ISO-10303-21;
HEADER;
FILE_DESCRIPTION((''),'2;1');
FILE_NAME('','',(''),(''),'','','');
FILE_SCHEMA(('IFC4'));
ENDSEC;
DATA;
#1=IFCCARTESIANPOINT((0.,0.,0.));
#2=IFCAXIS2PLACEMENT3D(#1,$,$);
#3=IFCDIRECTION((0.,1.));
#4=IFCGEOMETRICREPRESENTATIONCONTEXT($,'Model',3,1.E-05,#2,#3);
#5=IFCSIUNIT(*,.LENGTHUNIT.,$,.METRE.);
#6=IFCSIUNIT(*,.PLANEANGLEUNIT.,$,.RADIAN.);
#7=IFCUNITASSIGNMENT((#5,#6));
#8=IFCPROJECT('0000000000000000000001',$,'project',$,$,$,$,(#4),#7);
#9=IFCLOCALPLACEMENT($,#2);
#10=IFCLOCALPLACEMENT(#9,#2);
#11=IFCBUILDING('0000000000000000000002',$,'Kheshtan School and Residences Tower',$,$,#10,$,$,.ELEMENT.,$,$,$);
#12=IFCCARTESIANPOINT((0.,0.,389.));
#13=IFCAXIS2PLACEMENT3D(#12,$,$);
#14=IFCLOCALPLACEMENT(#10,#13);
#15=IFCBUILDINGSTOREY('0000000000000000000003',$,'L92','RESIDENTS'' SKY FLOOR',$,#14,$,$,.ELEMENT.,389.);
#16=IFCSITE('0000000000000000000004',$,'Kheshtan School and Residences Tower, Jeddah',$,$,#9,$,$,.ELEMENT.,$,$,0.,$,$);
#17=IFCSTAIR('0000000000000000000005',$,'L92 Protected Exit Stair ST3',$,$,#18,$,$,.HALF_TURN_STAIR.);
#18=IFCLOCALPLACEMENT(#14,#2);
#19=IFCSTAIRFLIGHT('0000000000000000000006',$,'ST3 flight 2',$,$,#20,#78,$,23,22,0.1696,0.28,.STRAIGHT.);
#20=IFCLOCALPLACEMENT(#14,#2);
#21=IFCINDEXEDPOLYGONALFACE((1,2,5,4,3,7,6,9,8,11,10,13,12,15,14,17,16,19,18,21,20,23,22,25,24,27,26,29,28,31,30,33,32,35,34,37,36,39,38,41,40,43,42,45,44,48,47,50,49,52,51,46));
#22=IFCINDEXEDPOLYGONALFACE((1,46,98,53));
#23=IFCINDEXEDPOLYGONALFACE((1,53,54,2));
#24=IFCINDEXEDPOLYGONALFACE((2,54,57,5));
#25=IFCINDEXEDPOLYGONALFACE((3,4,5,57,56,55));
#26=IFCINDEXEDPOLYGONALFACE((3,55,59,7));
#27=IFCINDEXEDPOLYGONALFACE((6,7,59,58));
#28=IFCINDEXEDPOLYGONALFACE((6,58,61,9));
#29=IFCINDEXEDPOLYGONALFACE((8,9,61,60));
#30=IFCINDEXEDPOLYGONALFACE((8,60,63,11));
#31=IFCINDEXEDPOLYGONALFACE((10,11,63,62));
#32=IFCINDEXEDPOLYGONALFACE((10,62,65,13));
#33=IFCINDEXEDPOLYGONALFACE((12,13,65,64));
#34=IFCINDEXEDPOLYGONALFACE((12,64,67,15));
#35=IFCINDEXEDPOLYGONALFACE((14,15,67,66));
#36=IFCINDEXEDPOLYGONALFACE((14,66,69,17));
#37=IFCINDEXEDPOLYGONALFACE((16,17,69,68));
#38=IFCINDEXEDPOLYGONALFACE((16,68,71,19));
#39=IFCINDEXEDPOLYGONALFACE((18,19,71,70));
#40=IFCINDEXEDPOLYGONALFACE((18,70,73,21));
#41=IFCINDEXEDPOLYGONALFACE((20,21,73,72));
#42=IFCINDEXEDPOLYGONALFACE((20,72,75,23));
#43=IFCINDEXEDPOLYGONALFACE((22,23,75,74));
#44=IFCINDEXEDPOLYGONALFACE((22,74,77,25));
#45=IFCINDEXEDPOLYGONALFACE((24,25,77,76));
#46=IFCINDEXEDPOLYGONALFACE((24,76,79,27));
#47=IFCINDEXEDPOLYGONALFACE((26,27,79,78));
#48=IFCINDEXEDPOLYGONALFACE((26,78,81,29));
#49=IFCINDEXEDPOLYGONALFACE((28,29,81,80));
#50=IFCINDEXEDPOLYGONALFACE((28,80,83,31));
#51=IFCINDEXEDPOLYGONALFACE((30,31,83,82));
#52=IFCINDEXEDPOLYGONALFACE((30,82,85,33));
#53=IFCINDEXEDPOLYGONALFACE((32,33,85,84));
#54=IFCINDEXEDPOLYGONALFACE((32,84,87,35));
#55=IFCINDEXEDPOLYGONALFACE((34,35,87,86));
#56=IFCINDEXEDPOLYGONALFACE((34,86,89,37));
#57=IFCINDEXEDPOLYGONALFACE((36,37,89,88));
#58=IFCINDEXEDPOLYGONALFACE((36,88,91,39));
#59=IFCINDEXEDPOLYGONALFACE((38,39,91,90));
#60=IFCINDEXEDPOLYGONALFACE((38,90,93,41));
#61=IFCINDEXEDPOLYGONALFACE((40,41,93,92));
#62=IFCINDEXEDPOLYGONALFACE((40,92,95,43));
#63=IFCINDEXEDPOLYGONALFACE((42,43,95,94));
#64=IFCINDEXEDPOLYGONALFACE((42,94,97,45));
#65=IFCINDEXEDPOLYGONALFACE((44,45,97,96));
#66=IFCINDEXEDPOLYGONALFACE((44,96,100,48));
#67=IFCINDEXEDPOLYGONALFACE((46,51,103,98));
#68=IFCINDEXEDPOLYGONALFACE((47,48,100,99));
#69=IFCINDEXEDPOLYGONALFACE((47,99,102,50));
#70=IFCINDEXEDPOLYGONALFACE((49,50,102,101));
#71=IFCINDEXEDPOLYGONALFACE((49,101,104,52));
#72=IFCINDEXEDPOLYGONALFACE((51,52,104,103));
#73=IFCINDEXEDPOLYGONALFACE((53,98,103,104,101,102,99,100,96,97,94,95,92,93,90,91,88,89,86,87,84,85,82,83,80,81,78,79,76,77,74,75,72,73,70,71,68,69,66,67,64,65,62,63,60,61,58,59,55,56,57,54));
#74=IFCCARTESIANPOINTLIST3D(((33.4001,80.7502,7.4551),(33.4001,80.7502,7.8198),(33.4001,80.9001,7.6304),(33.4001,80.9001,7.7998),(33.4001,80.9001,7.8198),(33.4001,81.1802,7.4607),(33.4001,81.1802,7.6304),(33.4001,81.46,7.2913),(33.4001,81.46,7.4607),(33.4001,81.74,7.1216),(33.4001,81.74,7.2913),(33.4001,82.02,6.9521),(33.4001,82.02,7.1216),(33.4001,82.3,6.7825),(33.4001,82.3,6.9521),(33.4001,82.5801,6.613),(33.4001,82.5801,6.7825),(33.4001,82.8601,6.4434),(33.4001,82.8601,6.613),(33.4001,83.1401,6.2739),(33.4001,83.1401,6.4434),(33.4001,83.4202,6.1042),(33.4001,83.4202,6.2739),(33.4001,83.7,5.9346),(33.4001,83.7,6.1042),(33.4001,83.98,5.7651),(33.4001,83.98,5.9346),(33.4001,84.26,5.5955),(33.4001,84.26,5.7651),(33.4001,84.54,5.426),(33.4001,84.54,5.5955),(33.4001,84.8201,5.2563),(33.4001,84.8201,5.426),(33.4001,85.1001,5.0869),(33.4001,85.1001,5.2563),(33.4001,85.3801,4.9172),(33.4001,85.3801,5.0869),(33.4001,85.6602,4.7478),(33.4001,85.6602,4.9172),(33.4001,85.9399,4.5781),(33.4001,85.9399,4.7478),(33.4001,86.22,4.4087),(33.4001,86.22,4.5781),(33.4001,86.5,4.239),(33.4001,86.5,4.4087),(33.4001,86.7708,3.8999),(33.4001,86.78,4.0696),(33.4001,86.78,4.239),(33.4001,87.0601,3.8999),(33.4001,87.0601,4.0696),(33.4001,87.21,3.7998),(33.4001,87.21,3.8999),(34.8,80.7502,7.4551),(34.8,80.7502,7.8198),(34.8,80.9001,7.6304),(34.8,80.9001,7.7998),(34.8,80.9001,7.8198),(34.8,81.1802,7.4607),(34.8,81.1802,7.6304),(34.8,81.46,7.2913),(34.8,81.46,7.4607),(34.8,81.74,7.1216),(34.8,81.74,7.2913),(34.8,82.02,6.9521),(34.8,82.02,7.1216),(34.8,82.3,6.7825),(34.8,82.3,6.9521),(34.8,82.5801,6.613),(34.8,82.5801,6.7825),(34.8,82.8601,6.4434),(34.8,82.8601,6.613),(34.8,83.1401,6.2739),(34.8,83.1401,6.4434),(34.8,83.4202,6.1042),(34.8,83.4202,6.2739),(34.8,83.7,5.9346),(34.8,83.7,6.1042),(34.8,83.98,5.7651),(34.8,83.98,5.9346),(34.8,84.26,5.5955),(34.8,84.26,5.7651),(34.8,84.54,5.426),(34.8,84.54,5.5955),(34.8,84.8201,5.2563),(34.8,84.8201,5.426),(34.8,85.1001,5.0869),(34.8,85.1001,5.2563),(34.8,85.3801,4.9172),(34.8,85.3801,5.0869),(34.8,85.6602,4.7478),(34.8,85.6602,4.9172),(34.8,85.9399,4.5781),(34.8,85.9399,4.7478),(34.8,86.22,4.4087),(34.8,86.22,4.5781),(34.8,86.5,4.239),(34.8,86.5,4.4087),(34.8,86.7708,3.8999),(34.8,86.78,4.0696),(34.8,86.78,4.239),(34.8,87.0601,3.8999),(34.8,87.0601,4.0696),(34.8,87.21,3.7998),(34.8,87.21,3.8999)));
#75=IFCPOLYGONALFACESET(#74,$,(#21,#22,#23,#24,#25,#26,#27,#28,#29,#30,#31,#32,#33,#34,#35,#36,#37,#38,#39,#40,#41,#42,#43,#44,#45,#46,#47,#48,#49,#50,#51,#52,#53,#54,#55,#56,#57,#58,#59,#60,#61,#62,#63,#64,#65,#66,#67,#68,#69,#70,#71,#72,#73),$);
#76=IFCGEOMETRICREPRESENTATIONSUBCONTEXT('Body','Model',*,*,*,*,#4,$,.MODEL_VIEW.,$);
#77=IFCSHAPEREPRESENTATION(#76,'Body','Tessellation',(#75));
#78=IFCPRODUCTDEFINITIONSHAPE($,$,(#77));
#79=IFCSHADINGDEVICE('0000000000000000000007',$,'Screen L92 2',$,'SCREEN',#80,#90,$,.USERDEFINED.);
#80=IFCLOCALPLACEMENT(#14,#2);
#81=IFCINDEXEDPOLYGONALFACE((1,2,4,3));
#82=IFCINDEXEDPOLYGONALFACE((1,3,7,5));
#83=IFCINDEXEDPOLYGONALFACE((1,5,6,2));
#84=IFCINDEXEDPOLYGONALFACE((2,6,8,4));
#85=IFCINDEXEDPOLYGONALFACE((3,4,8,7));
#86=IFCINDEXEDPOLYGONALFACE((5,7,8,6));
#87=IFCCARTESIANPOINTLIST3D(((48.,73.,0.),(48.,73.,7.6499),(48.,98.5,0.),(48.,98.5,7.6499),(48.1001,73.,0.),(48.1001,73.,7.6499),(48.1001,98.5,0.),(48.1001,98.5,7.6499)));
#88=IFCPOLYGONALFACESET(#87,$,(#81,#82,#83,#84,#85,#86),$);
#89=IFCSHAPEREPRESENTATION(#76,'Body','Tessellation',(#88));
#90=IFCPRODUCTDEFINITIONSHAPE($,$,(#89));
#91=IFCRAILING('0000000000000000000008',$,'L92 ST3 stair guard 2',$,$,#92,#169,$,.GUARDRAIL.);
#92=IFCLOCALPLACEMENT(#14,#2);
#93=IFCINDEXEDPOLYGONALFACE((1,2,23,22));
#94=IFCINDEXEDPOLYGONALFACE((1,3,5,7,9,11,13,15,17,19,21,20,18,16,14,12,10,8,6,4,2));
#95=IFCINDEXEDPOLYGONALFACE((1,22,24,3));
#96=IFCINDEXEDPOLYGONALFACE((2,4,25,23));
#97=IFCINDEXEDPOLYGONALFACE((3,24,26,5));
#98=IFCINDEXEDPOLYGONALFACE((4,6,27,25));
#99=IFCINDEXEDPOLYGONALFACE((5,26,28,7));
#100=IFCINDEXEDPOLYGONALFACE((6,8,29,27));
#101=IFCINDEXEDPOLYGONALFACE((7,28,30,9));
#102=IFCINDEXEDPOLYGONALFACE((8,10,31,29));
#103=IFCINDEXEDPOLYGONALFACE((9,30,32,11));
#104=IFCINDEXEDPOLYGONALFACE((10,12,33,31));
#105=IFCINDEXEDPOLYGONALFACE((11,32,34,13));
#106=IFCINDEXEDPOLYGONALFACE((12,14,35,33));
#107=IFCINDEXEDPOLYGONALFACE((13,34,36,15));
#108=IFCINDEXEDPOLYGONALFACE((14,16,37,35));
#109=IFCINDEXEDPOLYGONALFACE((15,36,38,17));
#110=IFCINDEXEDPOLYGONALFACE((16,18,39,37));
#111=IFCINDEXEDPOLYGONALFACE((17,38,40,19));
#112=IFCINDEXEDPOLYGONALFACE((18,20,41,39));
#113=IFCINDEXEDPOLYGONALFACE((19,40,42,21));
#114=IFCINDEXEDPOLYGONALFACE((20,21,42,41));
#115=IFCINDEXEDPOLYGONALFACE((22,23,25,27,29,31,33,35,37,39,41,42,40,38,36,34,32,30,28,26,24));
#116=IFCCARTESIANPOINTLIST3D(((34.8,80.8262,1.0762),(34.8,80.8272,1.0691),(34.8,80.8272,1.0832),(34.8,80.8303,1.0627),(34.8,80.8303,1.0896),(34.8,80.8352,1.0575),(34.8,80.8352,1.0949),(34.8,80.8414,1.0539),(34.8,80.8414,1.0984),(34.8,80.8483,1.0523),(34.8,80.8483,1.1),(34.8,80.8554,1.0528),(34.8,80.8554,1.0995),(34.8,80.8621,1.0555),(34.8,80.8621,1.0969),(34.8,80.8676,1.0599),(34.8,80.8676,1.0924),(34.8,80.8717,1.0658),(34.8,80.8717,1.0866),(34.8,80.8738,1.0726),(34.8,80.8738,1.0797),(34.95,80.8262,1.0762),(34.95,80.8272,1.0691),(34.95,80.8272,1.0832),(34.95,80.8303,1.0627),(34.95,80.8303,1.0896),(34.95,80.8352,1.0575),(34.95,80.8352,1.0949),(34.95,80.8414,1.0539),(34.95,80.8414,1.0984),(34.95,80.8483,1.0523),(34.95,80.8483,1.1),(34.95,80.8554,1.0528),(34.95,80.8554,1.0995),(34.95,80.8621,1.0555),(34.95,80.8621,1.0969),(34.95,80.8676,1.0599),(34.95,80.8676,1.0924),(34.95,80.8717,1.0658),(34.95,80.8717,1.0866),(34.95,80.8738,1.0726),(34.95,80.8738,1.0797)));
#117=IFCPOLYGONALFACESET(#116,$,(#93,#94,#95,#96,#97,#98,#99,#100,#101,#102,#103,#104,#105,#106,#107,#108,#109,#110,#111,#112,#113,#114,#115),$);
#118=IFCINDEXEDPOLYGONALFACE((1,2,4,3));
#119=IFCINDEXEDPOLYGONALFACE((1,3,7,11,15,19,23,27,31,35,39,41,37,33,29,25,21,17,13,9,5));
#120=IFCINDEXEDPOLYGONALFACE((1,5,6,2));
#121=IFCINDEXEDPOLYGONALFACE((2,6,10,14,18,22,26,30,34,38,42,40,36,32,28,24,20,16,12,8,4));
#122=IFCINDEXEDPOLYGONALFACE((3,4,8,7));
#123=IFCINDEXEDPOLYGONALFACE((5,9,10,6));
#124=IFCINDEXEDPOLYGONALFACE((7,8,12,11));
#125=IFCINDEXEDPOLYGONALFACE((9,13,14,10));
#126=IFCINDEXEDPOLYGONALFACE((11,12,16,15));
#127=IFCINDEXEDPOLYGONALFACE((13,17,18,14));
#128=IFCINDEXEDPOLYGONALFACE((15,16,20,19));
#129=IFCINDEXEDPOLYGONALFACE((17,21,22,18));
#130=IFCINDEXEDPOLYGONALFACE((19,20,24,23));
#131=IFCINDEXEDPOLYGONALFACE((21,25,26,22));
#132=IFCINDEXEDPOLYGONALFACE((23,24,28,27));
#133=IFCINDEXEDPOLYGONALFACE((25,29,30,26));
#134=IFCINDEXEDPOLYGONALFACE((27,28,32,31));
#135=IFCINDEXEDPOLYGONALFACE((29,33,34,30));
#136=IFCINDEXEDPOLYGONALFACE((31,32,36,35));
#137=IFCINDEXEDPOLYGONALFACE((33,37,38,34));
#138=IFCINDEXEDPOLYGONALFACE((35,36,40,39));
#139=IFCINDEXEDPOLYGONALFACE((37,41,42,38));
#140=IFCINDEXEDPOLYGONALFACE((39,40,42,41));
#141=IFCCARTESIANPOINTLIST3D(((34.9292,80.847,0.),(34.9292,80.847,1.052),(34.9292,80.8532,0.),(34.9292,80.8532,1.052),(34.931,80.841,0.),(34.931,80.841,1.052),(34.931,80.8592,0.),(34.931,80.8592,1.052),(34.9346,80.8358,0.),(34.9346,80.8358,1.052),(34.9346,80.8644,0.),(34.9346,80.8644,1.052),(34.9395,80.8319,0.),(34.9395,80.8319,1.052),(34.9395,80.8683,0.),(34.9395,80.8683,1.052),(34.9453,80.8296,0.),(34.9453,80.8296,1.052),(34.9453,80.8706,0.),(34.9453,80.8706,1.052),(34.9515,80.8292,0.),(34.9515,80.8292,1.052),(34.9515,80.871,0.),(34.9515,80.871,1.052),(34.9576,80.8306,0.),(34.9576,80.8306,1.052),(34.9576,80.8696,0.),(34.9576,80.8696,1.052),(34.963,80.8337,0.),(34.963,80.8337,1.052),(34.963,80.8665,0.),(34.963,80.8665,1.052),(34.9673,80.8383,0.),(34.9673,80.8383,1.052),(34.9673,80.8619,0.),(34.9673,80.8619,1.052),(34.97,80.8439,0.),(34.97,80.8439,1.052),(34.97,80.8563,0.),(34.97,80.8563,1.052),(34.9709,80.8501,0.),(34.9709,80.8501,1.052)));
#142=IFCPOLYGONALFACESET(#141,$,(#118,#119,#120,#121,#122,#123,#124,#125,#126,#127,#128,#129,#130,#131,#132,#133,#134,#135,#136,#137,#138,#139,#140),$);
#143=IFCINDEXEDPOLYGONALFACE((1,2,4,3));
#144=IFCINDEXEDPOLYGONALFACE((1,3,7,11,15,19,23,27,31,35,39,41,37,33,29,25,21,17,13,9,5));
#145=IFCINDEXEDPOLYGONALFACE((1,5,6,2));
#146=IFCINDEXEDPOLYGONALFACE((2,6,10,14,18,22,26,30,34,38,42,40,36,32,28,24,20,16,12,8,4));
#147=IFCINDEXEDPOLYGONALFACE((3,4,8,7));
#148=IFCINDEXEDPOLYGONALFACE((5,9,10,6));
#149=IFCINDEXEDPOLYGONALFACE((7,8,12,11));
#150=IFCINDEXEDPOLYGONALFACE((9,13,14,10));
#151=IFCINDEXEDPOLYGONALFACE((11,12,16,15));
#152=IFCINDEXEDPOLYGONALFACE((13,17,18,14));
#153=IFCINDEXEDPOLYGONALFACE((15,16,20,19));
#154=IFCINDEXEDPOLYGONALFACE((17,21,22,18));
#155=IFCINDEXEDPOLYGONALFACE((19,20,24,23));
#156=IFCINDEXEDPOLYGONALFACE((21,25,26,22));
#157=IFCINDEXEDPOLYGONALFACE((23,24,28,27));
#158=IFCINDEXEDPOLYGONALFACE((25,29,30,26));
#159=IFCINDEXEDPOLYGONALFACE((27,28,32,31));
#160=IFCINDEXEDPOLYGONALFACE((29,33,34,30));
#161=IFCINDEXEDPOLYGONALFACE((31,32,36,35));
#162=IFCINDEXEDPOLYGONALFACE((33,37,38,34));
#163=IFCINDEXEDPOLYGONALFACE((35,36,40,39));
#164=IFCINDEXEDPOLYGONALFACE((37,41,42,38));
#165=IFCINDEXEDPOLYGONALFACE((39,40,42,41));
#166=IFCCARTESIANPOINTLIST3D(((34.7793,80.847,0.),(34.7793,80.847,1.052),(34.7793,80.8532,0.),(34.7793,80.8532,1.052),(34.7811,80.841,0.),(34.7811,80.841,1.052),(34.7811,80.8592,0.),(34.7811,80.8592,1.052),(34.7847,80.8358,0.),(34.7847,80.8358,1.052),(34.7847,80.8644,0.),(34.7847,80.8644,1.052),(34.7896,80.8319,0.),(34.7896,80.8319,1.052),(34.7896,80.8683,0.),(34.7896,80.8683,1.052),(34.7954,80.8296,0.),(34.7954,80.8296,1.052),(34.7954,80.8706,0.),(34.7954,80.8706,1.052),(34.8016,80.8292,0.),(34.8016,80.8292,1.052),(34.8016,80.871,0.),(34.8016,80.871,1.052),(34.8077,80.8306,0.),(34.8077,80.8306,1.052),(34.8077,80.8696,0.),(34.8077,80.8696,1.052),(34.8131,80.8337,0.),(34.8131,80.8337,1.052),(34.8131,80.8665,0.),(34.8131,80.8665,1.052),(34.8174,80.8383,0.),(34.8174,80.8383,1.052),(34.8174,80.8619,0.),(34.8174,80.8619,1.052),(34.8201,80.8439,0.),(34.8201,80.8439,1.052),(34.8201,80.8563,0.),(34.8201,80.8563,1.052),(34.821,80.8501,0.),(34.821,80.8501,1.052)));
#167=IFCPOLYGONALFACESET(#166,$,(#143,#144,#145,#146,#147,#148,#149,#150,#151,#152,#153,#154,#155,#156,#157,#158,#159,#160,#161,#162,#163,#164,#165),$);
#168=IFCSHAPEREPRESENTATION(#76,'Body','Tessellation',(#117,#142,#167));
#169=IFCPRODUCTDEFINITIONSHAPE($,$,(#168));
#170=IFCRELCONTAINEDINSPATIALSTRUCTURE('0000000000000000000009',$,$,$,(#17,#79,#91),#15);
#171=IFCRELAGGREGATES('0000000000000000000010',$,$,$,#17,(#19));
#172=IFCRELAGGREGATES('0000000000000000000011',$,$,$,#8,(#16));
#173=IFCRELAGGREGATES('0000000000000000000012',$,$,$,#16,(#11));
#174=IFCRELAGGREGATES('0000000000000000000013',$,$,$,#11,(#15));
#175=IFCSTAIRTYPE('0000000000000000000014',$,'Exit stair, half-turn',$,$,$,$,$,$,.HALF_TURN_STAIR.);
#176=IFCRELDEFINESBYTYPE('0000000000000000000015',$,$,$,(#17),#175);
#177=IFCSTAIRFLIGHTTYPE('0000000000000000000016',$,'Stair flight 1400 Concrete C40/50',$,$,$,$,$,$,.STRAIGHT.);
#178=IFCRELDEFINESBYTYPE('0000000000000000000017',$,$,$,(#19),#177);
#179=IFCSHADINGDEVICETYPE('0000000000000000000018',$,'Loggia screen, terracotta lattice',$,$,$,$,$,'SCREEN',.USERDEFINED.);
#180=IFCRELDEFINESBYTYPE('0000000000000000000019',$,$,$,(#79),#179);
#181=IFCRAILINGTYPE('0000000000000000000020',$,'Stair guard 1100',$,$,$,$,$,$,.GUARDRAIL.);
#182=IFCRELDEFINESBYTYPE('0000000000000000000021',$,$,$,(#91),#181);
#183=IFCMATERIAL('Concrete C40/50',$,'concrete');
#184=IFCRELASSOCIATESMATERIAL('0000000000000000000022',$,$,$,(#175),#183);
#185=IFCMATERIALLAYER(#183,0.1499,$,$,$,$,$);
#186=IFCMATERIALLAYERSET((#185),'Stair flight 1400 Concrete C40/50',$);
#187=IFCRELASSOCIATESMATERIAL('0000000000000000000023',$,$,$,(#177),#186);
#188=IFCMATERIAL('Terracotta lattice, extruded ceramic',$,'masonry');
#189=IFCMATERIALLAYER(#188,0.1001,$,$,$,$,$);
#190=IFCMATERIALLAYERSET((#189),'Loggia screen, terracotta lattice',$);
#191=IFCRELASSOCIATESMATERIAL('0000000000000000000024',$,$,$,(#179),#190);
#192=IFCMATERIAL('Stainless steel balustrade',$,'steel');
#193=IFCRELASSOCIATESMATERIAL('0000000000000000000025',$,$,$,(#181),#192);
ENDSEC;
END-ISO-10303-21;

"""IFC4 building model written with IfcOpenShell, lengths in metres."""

from ifc_helpers import new_model, si_unit, direction, frame, origin, origin_2d, place, context, subcontext, project, spatial, polyline, rectangle, circle, outline, extrude, material, layer, layer_set, type_object, element, aggregate, save


model = new_model("IFC4")

# Units and contexts
model_context = context("Model", 3, precision=1e-05, world=origin(), true_north=direction((0.0, 1.0)))
body_context = subcontext(model_context, "Body", "Model", "MODEL_VIEW")
ifc_project = project(units=[si_unit("LENGTHUNIT", "METRE"), si_unit("PLANEANGLEUNIT", "RADIAN")], contexts=[model_context])

# Site, building, storey
site_placement = place(None, origin())
site = spatial("IfcSite", under=ifc_project, at=site_placement, Name="Kheshtan School and Residences Tower, Jeddah", CompositionType="ELEMENT", RefElevation=0.0)
building_placement = place(site_placement, origin())
building = spatial("IfcBuilding", under=site, at=building_placement, Name="Kheshtan School and Residences Tower", CompositionType="ELEMENT")
storey_placement = place(building_placement, frame((0.0, 0.0, 389.0)))
storey = spatial("IfcBuildingStorey", under=building, at=storey_placement, Name="L92", Description="RESIDENTS' SKY FLOOR", CompositionType="ELEMENT", Elevation=389.0)

# Stair, stair flight
ifc_material_1 = material(Name="Concrete C40/50", Category="concrete")
stair_type = type_object("IfcStairType", Name="Exit stair, half-turn", PredefinedType="HALF_TURN_STAIR", material=ifc_material_1)
stair_placement = place(storey_placement, origin())
stair = element("IfcStair", 1, at=stair_placement, inside=storey, type_object=stair_type, Name="L92 Protected Exit Stair ST3", PredefinedType="HALF_TURN_STAIR")
ifc_layer_1 = layer(ifc_material_1, 0.1499)
ifc_layer_set_1 = layer_set([ifc_layer_1], Name="Stair flight 1400 Concrete C40/50")
stair_flight_type = type_object("IfcStairFlightType", Name="Stair flight 1400 Concrete C40/50", PredefinedType="STRAIGHT", material=ifc_layer_set_1)
stair_flight_1_placement = place(storey_placement, frame((34.1001, 87.0601, 3.8999), z_axis=(0.0, 0.0, 1.0), x_axis=(0.0, -1.0, 0.0)))
stair_flight_1 = element("IfcStairFlight", 2, at=stair_flight_1_placement, type_object=stair_flight_type, Name="ST3 flight 2", NumberOfRisers=23, NumberOfTreads=22, PredefinedType="STRAIGHT", RiserHeight=0.1696, TreadLength=0.28, context=body_context, shape_type="SweptSolid", body=[
    extrude(outline(polyline([(-0.1499, -0.1001), (-0.1499, 0.0), (0.0, 0.0), (0.0, 0.1697), (0.28, 0.1697), (0.28, 0.3391), (0.5601, 0.3391), (0.5601, 0.5088), (0.8401, 0.5088), (0.8401, 0.6782), (1.1201, 0.6782), (1.1201, 0.8479), (1.3999, 0.8479), (1.3999, 1.0173), (1.6799, 1.0173), (1.6799, 1.187), (1.96, 1.187), (1.96, 1.3564), (2.24, 1.3564), (2.24, 1.5261), (2.52, 1.5261), (2.52, 1.6956), (2.8, 1.6956), (2.8, 1.8652), (3.0801, 1.8652), (3.0801, 2.0347), (3.3601, 2.0347), (3.3601, 2.2043), (3.6399, 2.2043), (3.6399, 2.374), (3.9199, 2.374), (3.9199, 2.5435), (4.2, 2.5435), (4.2, 2.7131), (4.48, 2.7131), (4.48, 2.8826), (4.76, 2.8826), (4.76, 3.0522), (5.04, 3.0522), (5.04, 3.2217), (5.3201, 3.2217), (5.3201, 3.3914), (5.6001, 3.3914), (5.6001, 3.5608), (5.8799, 3.5608), (5.8799, 3.7305), (6.1599, 3.7305), (6.1599, 3.8999), (6.1599, 3.9199), (6.3098, 3.9199), (6.3098, 3.5552), (0.2893, 0.0), (-0.1499, -0.1001)])), frame((0.0, 0.7, 0.0), z_axis=(0.0, -1.0, 0.0), x_axis=(1.0, 0.0, 0.0)), (0.0, 0.0, 1.0), 1.3999),
])
aggregate(stair, [stair_flight_1])

# Shading device
ifc_material_2 = material(Name="Terracotta lattice, extruded ceramic", Category="masonry")
ifc_layer_2 = layer(ifc_material_2, 0.1001)
ifc_layer_set_2 = layer_set([ifc_layer_2], Name="Loggia screen, terracotta lattice")
shading_device_type = type_object("IfcShadingDeviceType", Name="Loggia screen, terracotta lattice", ElementType="SCREEN", PredefinedType="USERDEFINED", material=ifc_layer_set_2)
shading_device_placement = place(storey_placement, frame((48.05, 85.75, 0.0), z_axis=(0.0, 0.0, 1.0), x_axis=(0.0, -1.0, 0.0)))
element("IfcShadingDevice", 3, at=shading_device_placement, inside=storey, type_object=shading_device_type, Name="Screen L92 2", ObjectType="SCREEN", PredefinedType="USERDEFINED", context=body_context, shape_type="SweptSolid", body=[
    extrude(rectangle(XDim=25.5, YDim=0.1001, at=origin_2d()), origin(), (0.0, 0.0, 1.0), 7.6499),
])

# Railing
ifc_material_3 = material(Name="Stainless steel balustrade", Category="steel")
railing_type_1 = type_object("IfcRailingType", Name="Stair guard 1100", PredefinedType="GUARDRAIL", material=ifc_material_3)
railing_1_placement = place(storey_placement, frame((34.95, 80.8501, 0.0)))
element("IfcRailing", 4, at=railing_1_placement, inside=storey, type_object=railing_type_1, Name="L92 ST3 stair guard 2", PredefinedType="GUARDRAIL", context=body_context, shape_type="SweptSolid", body=[
    extrude(circle(Radius=0.0239, at=origin_2d()), frame((0.0, 0.0, 1.0762), z_axis=(-1.0, 0.0, 0.0), x_axis=(0.0, -1.0, 0.0)), (0.0, 0.0, 1.0), 0.1499),
    extrude(circle(Radius=0.021, at=origin_2d()), origin(), (0.0, 0.0, 1.0), 1.052),
    extrude(circle(Radius=0.021, at=origin_2d()), frame((-0.1499, 0.0, 0.0)), (0.0, 0.0, 1.0), 1.052),
])

save(model, "model.ifc")
